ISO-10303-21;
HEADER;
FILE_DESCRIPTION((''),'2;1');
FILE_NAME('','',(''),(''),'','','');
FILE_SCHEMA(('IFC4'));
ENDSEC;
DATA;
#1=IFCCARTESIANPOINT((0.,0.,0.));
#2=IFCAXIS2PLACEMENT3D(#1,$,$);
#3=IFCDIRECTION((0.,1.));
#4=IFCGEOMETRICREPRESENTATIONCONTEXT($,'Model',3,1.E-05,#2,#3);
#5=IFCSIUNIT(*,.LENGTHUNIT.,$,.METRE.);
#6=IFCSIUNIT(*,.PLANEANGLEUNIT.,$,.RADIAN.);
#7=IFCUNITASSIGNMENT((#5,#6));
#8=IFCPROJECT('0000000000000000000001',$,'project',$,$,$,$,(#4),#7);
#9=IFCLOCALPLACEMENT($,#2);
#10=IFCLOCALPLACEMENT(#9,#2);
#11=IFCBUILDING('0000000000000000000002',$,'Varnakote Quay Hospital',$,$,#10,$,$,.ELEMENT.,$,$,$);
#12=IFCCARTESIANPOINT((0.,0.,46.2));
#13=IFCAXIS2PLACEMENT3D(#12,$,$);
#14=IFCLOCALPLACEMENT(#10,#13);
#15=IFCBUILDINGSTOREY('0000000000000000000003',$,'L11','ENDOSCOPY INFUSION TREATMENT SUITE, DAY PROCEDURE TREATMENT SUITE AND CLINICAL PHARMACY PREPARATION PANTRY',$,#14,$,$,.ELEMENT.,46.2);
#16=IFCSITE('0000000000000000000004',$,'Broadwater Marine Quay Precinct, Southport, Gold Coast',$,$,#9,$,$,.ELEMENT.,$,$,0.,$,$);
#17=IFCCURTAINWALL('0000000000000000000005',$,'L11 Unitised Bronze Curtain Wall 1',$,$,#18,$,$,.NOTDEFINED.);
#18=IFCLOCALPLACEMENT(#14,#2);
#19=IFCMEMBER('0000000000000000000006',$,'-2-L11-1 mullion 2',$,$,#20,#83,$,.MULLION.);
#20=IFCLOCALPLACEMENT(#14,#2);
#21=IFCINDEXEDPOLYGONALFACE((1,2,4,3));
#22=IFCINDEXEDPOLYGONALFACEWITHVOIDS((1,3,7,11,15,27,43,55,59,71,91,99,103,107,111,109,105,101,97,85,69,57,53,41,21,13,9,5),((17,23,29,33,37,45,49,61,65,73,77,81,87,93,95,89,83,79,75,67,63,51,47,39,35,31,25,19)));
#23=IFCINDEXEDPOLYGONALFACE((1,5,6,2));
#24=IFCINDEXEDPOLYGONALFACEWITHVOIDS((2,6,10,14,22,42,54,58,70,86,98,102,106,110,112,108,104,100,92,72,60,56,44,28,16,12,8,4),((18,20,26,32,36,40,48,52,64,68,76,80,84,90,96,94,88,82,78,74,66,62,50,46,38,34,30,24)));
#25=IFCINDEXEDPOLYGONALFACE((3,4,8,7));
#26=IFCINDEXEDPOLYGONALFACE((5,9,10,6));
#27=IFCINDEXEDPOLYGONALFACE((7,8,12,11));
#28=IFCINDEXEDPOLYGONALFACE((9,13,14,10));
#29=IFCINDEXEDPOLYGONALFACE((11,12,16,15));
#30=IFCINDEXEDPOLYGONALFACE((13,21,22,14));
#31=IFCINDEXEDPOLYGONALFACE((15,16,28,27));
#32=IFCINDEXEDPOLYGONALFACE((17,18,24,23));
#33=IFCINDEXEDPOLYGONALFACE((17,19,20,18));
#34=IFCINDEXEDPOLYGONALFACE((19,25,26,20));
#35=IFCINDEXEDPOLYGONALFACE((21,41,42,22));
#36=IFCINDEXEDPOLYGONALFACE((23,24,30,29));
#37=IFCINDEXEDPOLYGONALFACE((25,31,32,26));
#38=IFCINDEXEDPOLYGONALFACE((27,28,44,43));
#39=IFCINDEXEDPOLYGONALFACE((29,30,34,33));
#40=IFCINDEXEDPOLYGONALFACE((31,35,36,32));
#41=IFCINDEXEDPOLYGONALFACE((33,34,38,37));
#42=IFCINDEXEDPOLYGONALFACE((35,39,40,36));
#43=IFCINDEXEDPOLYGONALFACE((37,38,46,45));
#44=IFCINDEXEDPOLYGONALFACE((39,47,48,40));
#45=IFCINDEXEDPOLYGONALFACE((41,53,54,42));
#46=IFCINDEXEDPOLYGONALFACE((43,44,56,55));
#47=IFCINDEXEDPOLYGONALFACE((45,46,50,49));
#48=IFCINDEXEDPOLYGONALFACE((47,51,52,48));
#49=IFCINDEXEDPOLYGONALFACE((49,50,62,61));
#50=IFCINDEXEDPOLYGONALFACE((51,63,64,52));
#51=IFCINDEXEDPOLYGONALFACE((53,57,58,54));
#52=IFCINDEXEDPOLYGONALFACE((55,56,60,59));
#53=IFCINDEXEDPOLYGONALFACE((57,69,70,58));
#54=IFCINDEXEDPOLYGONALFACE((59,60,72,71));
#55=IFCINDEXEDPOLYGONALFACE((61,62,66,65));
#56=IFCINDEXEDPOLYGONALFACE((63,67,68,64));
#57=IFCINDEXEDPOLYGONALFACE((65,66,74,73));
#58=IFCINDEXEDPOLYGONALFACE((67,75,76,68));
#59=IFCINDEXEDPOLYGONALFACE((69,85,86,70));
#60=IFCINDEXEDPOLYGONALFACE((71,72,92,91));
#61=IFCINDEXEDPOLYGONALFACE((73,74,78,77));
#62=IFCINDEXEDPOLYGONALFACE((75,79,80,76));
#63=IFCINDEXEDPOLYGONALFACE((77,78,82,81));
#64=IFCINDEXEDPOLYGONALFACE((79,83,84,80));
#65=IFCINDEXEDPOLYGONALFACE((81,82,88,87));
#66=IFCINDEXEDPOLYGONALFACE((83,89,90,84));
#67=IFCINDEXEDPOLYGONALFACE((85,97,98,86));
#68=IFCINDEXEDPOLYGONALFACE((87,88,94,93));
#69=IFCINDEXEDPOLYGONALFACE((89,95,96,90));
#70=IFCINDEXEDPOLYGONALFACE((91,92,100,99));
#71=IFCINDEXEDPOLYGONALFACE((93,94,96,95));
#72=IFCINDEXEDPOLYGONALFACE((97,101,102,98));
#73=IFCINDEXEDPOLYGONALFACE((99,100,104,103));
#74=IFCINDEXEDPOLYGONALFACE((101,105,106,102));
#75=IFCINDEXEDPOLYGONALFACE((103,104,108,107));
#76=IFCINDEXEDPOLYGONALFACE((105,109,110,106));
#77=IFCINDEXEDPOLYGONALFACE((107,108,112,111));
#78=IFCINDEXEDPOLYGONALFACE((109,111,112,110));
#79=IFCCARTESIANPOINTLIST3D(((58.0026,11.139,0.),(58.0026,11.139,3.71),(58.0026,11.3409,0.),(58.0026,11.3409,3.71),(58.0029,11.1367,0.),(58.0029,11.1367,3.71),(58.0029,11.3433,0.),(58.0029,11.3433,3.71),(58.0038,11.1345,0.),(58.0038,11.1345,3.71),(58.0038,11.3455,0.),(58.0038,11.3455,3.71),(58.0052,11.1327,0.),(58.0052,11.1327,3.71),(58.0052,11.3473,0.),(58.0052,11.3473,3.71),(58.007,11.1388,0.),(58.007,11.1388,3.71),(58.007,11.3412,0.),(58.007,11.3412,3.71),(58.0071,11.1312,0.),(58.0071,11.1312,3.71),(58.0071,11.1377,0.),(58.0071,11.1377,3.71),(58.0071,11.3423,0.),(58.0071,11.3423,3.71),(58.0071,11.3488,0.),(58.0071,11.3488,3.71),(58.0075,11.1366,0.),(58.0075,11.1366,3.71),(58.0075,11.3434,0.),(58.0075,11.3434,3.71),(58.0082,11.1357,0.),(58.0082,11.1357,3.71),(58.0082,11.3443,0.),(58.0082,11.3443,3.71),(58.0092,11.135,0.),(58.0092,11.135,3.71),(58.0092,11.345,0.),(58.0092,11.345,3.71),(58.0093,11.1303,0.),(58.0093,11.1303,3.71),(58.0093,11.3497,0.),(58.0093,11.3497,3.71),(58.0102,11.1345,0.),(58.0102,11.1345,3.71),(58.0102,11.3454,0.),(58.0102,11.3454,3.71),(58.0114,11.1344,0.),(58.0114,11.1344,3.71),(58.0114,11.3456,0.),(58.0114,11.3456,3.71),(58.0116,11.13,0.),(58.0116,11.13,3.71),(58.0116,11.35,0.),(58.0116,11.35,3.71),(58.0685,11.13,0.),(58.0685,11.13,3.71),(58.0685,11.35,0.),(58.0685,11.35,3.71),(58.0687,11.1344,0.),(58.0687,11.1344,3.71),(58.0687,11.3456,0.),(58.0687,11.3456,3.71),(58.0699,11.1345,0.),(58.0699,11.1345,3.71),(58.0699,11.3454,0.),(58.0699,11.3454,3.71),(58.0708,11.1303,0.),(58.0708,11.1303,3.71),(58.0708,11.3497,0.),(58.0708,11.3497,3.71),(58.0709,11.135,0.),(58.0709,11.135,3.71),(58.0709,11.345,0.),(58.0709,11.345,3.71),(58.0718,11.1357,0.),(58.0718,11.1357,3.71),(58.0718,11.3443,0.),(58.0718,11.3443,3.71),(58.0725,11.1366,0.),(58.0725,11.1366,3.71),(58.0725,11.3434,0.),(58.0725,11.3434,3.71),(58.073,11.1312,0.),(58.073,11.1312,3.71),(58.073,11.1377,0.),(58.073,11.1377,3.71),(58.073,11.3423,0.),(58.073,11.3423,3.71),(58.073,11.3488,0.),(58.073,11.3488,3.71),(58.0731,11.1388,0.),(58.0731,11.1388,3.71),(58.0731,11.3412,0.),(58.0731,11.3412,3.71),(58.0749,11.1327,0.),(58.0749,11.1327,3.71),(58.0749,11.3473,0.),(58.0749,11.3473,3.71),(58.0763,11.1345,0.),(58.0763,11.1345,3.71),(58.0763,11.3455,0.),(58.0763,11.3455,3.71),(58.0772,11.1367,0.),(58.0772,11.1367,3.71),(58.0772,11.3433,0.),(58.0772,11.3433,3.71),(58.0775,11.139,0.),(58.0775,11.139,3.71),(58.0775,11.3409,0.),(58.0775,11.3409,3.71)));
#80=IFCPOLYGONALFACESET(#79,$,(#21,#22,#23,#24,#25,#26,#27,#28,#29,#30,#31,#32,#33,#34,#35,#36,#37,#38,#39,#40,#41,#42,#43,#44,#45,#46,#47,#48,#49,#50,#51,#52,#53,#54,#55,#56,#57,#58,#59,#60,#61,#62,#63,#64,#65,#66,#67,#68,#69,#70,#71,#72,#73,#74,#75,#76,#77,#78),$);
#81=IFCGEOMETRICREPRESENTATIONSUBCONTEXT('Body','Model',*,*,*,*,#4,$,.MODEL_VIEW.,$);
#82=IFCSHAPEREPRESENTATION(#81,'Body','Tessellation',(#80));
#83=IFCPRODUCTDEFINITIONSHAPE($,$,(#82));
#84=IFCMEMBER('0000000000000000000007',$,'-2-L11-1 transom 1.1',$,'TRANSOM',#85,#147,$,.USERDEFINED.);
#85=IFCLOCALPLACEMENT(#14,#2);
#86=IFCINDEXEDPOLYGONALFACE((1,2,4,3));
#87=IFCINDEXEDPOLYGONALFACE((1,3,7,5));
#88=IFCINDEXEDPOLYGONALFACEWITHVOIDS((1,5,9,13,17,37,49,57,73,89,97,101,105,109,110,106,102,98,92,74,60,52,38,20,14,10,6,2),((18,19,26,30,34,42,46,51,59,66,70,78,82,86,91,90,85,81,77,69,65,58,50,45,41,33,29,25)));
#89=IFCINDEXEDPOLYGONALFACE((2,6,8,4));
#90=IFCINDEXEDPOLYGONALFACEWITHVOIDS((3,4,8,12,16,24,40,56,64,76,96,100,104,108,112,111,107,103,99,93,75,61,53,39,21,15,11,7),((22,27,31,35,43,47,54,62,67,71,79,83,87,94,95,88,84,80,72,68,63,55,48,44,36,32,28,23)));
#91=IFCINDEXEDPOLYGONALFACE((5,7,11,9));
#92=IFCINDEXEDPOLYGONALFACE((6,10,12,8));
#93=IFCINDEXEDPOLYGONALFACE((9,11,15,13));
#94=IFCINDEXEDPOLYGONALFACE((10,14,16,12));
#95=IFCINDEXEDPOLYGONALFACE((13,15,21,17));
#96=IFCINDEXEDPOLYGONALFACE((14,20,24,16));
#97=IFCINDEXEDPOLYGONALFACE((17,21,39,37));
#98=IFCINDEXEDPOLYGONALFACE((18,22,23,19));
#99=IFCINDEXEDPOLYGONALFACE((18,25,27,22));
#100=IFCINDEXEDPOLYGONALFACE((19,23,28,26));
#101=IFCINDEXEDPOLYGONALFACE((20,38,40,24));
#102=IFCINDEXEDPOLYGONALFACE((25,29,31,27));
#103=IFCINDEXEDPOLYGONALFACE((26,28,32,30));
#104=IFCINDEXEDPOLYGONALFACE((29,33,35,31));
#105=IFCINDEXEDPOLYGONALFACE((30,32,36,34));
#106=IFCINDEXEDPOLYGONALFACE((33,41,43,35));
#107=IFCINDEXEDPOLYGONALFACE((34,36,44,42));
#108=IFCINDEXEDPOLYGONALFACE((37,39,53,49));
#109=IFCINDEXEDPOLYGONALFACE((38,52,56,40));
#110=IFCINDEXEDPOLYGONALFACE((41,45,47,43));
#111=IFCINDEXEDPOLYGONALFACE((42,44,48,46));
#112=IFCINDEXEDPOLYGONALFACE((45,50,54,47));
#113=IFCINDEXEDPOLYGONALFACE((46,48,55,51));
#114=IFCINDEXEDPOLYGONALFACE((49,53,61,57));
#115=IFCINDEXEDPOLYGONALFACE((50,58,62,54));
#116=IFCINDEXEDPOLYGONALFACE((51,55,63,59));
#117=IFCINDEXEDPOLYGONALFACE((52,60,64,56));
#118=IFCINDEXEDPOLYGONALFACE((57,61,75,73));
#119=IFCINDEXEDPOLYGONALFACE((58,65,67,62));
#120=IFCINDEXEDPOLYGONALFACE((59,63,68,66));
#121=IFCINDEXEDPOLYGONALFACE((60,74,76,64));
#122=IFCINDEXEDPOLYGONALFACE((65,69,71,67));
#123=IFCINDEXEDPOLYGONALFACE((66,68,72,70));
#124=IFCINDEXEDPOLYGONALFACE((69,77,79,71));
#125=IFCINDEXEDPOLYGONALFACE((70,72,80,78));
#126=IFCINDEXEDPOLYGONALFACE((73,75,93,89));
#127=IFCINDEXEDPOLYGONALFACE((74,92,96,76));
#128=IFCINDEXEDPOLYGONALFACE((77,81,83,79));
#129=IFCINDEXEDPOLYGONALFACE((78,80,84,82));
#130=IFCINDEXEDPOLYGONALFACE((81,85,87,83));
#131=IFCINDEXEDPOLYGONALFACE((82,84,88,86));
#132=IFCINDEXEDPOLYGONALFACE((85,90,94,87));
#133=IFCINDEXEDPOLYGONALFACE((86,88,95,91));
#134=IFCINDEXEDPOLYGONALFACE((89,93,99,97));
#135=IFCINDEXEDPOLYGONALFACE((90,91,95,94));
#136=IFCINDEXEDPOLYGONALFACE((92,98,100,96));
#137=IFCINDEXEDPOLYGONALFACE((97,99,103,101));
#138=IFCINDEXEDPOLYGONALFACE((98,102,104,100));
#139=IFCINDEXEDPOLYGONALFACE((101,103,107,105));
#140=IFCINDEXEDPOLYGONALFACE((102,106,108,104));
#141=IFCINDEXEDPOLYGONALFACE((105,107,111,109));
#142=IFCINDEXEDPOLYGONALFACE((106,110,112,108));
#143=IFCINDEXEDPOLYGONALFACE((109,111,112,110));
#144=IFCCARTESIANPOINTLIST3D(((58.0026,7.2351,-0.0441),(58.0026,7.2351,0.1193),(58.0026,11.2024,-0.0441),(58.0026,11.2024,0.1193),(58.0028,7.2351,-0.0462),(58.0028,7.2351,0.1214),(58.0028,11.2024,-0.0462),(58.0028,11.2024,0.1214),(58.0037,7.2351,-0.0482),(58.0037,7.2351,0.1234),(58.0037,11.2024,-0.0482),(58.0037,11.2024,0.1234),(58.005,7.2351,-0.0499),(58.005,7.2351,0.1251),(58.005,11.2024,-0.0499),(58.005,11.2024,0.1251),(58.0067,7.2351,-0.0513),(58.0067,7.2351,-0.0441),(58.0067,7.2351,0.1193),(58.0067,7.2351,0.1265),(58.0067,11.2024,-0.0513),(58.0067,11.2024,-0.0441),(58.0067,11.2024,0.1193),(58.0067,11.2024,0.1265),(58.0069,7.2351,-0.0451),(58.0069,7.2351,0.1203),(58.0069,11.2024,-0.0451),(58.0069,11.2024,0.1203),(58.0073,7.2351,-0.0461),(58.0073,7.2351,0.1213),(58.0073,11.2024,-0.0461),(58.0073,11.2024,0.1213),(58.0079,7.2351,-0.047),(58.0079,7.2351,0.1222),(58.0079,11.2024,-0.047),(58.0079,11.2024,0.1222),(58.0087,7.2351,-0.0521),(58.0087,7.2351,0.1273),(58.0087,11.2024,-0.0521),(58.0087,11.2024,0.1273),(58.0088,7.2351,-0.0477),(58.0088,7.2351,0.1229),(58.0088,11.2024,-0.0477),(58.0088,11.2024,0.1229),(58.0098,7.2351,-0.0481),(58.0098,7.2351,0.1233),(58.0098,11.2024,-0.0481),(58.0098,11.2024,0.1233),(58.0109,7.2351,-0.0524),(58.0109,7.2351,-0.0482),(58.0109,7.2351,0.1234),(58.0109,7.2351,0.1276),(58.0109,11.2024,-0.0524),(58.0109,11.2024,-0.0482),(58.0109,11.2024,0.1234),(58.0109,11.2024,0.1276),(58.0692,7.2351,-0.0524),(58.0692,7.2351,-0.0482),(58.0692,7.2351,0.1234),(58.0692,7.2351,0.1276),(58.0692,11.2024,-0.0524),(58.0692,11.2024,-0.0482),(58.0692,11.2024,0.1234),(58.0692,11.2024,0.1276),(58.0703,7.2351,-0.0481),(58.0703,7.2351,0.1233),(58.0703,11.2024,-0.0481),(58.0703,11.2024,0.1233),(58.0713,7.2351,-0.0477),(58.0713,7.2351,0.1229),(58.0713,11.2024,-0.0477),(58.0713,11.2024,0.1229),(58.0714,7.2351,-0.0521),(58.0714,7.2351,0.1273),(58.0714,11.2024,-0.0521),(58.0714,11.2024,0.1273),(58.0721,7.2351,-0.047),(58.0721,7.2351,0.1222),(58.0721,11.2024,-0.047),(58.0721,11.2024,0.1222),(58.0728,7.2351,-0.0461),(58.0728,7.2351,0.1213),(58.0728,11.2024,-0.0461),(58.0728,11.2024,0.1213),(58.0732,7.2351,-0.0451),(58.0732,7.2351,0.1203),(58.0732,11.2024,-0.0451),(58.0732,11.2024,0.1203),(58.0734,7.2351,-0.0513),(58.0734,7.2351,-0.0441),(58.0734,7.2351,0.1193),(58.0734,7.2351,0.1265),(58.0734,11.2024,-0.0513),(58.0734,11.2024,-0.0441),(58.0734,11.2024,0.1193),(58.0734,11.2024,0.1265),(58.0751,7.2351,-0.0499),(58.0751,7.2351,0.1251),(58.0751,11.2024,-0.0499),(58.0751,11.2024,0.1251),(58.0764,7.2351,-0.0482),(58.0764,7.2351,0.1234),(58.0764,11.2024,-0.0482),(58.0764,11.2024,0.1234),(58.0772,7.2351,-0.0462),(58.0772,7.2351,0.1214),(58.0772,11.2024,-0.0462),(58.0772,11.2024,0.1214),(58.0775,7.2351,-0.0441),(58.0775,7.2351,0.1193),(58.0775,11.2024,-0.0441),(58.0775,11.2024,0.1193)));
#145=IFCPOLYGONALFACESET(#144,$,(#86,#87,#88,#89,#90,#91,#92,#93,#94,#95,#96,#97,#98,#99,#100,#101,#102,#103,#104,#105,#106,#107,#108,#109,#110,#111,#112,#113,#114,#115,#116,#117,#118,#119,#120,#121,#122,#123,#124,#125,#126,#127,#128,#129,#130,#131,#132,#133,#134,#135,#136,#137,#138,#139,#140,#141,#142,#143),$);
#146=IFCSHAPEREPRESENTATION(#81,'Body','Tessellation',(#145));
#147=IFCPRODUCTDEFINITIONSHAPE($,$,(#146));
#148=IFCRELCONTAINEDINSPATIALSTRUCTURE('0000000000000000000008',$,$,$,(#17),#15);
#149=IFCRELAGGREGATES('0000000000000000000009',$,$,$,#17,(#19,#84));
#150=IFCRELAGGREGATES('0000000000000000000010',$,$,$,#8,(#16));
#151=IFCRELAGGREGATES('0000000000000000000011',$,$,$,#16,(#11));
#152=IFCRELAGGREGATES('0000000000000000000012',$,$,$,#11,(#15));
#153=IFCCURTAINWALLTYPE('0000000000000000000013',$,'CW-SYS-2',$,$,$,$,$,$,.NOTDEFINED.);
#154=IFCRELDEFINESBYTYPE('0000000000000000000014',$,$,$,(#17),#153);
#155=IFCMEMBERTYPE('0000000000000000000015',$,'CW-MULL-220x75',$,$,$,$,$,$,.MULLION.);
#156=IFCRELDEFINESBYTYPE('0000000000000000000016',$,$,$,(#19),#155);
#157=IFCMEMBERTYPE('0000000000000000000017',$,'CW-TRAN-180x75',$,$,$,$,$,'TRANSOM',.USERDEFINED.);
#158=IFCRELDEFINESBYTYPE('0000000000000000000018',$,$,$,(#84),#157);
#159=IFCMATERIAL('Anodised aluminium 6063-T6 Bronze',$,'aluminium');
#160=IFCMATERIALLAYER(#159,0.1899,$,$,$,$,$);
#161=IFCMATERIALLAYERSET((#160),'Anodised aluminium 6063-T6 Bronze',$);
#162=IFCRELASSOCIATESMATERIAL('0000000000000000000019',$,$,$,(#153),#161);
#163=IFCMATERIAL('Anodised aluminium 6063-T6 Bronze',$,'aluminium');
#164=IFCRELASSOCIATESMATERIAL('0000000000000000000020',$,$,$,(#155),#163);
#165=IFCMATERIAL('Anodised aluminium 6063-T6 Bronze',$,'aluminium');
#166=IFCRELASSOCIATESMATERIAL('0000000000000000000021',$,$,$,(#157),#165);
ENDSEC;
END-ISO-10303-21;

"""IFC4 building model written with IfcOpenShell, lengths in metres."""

from ifc_helpers import new_model, si_unit, direction, frame, origin, origin_2d, place, context, subcontext, project, spatial, hollow_rectangle, extrude, material, layer, layer_set, material_profile, profile_set, type_object, element, aggregate, save


model = new_model("IFC4")

# Units and contexts
model_context = context("Model", 3, precision=1e-05, world=origin(), true_north=direction((0.0, 1.0)))
body_context = subcontext(model_context, "Body", "Model", "MODEL_VIEW")
ifc_project = project(units=[si_unit("LENGTHUNIT", "METRE"), si_unit("PLANEANGLEUNIT", "RADIAN")], contexts=[model_context])

# Site, building, storey
site_placement = place(None, origin())
site = spatial("IfcSite", under=ifc_project, at=site_placement, Name="Broadwater Marine Quay Precinct, Southport, Gold Coast", CompositionType="ELEMENT", RefElevation=0.0)
building_placement = place(site_placement, origin())
building = spatial("IfcBuilding", under=site, at=building_placement, Name="Varnakote Quay Hospital", CompositionType="ELEMENT")
storey_placement = place(building_placement, frame((0.0, 0.0, 46.2)))
storey = spatial("IfcBuildingStorey", under=building, at=storey_placement, Name="L11", Description="ENDOSCOPY INFUSION TREATMENT SUITE, DAY PROCEDURE TREATMENT SUITE AND CLINICAL PHARMACY PREPARATION PANTRY", CompositionType="ELEMENT", Elevation=46.2)

# Curtain wall, members
ifc_material_1 = material(Name="Anodised aluminium 6063-T6 Bronze", Category="aluminium")
ifc_layer_1 = layer(ifc_material_1, 0.1899)
ifc_layer_set_1 = layer_set([ifc_layer_1], Name="Anodised aluminium 6063-T6 Bronze")
curtain_wall_type = type_object("IfcCurtainWallType", Name="CW-SYS-2", PredefinedType="NOTDEFINED", material=ifc_layer_set_1)
curtain_wall_placement = place(storey_placement, origin())
curtain_wall = element("IfcCurtainWall", 1, at=curtain_wall_placement, inside=storey, type_object=curtain_wall_type, Name="L11 Unitised Bronze Curtain Wall 1", PredefinedType="NOTDEFINED")
ifc_material_2 = material(Name="Anodised aluminium 6063-T6 Bronze", Category="aluminium")
ifc_material_profile_1 = material_profile(ifc_material_2, hollow_rectangle(XDim=0.075, YDim=0.22, WallThickness=0.0044, InnerFilletRadius=0.0044, OuterFilletRadius=0.009, at=origin_2d()), Name="CW-MULL-220x75")
ifc_profile_set_1 = profile_set([ifc_material_profile_1], Name="Anodised aluminium 6063-T6 Bronze")
member_type_1 = type_object("IfcMemberType", Name="CW-MULL-220x75", PredefinedType="MULLION", material=ifc_profile_set_1)
member_1_placement = place(storey_placement, frame((58.04, 11.24, 0.0), z_axis=(0.0, 0.0, 1.0), x_axis=(-1.0, 0.0, 0.0)))
member_1 = element("IfcMember", 2, at=member_1_placement, type_object=member_type_1, Name="-2-L11-1 mullion 2", PredefinedType="MULLION", context=body_context, shape_type="SweptSolid", body=[
    extrude(hollow_rectangle(XDim=0.075, YDim=0.22, WallThickness=0.0044, InnerFilletRadius=0.0044, OuterFilletRadius=0.009, at=origin_2d()), origin(), (0.0, 0.0, 1.0), 3.71),
])
ifc_material_3 = material(Name="Anodised aluminium 6063-T6 Bronze", Category="aluminium")
ifc_material_profile_2 = material_profile(ifc_material_3, hollow_rectangle(XDim=0.075, YDim=0.1799, WallThickness=0.0042, InnerFilletRadius=0.0042, OuterFilletRadius=0.0083, at=origin_2d()), Name="CW-TRAN-180x75")
ifc_profile_set_2 = profile_set([ifc_material_profile_2], Name="Anodised aluminium 6063-T6 Bronze")
member_type_2 = type_object("IfcMemberType", Name="CW-TRAN-180x75", ElementType="TRANSOM", PredefinedType="USERDEFINED", material=ifc_profile_set_2)
member_2_placement = place(storey_placement, frame((58.04, 7.2351, 0.0376), z_axis=(0.0, 1.0, 0.0), x_axis=(-1.0, 0.0, 0.0)))
member_2 = element("IfcMember", 3, at=member_2_placement, type_object=member_type_2, Name="-2-L11-1 transom 1.1", ObjectType="TRANSOM", PredefinedType="USERDEFINED", context=body_context, shape_type="SweptSolid", body=[
    extrude(hollow_rectangle(XDim=0.075, YDim=0.1799, WallThickness=0.0042, InnerFilletRadius=0.0042, OuterFilletRadius=0.0083, at=origin_2d()), origin(), (0.0, 0.0, 1.0), 3.9673),
])
aggregate(curtain_wall, [member_1, member_2])

save(model, "model.ifc")
